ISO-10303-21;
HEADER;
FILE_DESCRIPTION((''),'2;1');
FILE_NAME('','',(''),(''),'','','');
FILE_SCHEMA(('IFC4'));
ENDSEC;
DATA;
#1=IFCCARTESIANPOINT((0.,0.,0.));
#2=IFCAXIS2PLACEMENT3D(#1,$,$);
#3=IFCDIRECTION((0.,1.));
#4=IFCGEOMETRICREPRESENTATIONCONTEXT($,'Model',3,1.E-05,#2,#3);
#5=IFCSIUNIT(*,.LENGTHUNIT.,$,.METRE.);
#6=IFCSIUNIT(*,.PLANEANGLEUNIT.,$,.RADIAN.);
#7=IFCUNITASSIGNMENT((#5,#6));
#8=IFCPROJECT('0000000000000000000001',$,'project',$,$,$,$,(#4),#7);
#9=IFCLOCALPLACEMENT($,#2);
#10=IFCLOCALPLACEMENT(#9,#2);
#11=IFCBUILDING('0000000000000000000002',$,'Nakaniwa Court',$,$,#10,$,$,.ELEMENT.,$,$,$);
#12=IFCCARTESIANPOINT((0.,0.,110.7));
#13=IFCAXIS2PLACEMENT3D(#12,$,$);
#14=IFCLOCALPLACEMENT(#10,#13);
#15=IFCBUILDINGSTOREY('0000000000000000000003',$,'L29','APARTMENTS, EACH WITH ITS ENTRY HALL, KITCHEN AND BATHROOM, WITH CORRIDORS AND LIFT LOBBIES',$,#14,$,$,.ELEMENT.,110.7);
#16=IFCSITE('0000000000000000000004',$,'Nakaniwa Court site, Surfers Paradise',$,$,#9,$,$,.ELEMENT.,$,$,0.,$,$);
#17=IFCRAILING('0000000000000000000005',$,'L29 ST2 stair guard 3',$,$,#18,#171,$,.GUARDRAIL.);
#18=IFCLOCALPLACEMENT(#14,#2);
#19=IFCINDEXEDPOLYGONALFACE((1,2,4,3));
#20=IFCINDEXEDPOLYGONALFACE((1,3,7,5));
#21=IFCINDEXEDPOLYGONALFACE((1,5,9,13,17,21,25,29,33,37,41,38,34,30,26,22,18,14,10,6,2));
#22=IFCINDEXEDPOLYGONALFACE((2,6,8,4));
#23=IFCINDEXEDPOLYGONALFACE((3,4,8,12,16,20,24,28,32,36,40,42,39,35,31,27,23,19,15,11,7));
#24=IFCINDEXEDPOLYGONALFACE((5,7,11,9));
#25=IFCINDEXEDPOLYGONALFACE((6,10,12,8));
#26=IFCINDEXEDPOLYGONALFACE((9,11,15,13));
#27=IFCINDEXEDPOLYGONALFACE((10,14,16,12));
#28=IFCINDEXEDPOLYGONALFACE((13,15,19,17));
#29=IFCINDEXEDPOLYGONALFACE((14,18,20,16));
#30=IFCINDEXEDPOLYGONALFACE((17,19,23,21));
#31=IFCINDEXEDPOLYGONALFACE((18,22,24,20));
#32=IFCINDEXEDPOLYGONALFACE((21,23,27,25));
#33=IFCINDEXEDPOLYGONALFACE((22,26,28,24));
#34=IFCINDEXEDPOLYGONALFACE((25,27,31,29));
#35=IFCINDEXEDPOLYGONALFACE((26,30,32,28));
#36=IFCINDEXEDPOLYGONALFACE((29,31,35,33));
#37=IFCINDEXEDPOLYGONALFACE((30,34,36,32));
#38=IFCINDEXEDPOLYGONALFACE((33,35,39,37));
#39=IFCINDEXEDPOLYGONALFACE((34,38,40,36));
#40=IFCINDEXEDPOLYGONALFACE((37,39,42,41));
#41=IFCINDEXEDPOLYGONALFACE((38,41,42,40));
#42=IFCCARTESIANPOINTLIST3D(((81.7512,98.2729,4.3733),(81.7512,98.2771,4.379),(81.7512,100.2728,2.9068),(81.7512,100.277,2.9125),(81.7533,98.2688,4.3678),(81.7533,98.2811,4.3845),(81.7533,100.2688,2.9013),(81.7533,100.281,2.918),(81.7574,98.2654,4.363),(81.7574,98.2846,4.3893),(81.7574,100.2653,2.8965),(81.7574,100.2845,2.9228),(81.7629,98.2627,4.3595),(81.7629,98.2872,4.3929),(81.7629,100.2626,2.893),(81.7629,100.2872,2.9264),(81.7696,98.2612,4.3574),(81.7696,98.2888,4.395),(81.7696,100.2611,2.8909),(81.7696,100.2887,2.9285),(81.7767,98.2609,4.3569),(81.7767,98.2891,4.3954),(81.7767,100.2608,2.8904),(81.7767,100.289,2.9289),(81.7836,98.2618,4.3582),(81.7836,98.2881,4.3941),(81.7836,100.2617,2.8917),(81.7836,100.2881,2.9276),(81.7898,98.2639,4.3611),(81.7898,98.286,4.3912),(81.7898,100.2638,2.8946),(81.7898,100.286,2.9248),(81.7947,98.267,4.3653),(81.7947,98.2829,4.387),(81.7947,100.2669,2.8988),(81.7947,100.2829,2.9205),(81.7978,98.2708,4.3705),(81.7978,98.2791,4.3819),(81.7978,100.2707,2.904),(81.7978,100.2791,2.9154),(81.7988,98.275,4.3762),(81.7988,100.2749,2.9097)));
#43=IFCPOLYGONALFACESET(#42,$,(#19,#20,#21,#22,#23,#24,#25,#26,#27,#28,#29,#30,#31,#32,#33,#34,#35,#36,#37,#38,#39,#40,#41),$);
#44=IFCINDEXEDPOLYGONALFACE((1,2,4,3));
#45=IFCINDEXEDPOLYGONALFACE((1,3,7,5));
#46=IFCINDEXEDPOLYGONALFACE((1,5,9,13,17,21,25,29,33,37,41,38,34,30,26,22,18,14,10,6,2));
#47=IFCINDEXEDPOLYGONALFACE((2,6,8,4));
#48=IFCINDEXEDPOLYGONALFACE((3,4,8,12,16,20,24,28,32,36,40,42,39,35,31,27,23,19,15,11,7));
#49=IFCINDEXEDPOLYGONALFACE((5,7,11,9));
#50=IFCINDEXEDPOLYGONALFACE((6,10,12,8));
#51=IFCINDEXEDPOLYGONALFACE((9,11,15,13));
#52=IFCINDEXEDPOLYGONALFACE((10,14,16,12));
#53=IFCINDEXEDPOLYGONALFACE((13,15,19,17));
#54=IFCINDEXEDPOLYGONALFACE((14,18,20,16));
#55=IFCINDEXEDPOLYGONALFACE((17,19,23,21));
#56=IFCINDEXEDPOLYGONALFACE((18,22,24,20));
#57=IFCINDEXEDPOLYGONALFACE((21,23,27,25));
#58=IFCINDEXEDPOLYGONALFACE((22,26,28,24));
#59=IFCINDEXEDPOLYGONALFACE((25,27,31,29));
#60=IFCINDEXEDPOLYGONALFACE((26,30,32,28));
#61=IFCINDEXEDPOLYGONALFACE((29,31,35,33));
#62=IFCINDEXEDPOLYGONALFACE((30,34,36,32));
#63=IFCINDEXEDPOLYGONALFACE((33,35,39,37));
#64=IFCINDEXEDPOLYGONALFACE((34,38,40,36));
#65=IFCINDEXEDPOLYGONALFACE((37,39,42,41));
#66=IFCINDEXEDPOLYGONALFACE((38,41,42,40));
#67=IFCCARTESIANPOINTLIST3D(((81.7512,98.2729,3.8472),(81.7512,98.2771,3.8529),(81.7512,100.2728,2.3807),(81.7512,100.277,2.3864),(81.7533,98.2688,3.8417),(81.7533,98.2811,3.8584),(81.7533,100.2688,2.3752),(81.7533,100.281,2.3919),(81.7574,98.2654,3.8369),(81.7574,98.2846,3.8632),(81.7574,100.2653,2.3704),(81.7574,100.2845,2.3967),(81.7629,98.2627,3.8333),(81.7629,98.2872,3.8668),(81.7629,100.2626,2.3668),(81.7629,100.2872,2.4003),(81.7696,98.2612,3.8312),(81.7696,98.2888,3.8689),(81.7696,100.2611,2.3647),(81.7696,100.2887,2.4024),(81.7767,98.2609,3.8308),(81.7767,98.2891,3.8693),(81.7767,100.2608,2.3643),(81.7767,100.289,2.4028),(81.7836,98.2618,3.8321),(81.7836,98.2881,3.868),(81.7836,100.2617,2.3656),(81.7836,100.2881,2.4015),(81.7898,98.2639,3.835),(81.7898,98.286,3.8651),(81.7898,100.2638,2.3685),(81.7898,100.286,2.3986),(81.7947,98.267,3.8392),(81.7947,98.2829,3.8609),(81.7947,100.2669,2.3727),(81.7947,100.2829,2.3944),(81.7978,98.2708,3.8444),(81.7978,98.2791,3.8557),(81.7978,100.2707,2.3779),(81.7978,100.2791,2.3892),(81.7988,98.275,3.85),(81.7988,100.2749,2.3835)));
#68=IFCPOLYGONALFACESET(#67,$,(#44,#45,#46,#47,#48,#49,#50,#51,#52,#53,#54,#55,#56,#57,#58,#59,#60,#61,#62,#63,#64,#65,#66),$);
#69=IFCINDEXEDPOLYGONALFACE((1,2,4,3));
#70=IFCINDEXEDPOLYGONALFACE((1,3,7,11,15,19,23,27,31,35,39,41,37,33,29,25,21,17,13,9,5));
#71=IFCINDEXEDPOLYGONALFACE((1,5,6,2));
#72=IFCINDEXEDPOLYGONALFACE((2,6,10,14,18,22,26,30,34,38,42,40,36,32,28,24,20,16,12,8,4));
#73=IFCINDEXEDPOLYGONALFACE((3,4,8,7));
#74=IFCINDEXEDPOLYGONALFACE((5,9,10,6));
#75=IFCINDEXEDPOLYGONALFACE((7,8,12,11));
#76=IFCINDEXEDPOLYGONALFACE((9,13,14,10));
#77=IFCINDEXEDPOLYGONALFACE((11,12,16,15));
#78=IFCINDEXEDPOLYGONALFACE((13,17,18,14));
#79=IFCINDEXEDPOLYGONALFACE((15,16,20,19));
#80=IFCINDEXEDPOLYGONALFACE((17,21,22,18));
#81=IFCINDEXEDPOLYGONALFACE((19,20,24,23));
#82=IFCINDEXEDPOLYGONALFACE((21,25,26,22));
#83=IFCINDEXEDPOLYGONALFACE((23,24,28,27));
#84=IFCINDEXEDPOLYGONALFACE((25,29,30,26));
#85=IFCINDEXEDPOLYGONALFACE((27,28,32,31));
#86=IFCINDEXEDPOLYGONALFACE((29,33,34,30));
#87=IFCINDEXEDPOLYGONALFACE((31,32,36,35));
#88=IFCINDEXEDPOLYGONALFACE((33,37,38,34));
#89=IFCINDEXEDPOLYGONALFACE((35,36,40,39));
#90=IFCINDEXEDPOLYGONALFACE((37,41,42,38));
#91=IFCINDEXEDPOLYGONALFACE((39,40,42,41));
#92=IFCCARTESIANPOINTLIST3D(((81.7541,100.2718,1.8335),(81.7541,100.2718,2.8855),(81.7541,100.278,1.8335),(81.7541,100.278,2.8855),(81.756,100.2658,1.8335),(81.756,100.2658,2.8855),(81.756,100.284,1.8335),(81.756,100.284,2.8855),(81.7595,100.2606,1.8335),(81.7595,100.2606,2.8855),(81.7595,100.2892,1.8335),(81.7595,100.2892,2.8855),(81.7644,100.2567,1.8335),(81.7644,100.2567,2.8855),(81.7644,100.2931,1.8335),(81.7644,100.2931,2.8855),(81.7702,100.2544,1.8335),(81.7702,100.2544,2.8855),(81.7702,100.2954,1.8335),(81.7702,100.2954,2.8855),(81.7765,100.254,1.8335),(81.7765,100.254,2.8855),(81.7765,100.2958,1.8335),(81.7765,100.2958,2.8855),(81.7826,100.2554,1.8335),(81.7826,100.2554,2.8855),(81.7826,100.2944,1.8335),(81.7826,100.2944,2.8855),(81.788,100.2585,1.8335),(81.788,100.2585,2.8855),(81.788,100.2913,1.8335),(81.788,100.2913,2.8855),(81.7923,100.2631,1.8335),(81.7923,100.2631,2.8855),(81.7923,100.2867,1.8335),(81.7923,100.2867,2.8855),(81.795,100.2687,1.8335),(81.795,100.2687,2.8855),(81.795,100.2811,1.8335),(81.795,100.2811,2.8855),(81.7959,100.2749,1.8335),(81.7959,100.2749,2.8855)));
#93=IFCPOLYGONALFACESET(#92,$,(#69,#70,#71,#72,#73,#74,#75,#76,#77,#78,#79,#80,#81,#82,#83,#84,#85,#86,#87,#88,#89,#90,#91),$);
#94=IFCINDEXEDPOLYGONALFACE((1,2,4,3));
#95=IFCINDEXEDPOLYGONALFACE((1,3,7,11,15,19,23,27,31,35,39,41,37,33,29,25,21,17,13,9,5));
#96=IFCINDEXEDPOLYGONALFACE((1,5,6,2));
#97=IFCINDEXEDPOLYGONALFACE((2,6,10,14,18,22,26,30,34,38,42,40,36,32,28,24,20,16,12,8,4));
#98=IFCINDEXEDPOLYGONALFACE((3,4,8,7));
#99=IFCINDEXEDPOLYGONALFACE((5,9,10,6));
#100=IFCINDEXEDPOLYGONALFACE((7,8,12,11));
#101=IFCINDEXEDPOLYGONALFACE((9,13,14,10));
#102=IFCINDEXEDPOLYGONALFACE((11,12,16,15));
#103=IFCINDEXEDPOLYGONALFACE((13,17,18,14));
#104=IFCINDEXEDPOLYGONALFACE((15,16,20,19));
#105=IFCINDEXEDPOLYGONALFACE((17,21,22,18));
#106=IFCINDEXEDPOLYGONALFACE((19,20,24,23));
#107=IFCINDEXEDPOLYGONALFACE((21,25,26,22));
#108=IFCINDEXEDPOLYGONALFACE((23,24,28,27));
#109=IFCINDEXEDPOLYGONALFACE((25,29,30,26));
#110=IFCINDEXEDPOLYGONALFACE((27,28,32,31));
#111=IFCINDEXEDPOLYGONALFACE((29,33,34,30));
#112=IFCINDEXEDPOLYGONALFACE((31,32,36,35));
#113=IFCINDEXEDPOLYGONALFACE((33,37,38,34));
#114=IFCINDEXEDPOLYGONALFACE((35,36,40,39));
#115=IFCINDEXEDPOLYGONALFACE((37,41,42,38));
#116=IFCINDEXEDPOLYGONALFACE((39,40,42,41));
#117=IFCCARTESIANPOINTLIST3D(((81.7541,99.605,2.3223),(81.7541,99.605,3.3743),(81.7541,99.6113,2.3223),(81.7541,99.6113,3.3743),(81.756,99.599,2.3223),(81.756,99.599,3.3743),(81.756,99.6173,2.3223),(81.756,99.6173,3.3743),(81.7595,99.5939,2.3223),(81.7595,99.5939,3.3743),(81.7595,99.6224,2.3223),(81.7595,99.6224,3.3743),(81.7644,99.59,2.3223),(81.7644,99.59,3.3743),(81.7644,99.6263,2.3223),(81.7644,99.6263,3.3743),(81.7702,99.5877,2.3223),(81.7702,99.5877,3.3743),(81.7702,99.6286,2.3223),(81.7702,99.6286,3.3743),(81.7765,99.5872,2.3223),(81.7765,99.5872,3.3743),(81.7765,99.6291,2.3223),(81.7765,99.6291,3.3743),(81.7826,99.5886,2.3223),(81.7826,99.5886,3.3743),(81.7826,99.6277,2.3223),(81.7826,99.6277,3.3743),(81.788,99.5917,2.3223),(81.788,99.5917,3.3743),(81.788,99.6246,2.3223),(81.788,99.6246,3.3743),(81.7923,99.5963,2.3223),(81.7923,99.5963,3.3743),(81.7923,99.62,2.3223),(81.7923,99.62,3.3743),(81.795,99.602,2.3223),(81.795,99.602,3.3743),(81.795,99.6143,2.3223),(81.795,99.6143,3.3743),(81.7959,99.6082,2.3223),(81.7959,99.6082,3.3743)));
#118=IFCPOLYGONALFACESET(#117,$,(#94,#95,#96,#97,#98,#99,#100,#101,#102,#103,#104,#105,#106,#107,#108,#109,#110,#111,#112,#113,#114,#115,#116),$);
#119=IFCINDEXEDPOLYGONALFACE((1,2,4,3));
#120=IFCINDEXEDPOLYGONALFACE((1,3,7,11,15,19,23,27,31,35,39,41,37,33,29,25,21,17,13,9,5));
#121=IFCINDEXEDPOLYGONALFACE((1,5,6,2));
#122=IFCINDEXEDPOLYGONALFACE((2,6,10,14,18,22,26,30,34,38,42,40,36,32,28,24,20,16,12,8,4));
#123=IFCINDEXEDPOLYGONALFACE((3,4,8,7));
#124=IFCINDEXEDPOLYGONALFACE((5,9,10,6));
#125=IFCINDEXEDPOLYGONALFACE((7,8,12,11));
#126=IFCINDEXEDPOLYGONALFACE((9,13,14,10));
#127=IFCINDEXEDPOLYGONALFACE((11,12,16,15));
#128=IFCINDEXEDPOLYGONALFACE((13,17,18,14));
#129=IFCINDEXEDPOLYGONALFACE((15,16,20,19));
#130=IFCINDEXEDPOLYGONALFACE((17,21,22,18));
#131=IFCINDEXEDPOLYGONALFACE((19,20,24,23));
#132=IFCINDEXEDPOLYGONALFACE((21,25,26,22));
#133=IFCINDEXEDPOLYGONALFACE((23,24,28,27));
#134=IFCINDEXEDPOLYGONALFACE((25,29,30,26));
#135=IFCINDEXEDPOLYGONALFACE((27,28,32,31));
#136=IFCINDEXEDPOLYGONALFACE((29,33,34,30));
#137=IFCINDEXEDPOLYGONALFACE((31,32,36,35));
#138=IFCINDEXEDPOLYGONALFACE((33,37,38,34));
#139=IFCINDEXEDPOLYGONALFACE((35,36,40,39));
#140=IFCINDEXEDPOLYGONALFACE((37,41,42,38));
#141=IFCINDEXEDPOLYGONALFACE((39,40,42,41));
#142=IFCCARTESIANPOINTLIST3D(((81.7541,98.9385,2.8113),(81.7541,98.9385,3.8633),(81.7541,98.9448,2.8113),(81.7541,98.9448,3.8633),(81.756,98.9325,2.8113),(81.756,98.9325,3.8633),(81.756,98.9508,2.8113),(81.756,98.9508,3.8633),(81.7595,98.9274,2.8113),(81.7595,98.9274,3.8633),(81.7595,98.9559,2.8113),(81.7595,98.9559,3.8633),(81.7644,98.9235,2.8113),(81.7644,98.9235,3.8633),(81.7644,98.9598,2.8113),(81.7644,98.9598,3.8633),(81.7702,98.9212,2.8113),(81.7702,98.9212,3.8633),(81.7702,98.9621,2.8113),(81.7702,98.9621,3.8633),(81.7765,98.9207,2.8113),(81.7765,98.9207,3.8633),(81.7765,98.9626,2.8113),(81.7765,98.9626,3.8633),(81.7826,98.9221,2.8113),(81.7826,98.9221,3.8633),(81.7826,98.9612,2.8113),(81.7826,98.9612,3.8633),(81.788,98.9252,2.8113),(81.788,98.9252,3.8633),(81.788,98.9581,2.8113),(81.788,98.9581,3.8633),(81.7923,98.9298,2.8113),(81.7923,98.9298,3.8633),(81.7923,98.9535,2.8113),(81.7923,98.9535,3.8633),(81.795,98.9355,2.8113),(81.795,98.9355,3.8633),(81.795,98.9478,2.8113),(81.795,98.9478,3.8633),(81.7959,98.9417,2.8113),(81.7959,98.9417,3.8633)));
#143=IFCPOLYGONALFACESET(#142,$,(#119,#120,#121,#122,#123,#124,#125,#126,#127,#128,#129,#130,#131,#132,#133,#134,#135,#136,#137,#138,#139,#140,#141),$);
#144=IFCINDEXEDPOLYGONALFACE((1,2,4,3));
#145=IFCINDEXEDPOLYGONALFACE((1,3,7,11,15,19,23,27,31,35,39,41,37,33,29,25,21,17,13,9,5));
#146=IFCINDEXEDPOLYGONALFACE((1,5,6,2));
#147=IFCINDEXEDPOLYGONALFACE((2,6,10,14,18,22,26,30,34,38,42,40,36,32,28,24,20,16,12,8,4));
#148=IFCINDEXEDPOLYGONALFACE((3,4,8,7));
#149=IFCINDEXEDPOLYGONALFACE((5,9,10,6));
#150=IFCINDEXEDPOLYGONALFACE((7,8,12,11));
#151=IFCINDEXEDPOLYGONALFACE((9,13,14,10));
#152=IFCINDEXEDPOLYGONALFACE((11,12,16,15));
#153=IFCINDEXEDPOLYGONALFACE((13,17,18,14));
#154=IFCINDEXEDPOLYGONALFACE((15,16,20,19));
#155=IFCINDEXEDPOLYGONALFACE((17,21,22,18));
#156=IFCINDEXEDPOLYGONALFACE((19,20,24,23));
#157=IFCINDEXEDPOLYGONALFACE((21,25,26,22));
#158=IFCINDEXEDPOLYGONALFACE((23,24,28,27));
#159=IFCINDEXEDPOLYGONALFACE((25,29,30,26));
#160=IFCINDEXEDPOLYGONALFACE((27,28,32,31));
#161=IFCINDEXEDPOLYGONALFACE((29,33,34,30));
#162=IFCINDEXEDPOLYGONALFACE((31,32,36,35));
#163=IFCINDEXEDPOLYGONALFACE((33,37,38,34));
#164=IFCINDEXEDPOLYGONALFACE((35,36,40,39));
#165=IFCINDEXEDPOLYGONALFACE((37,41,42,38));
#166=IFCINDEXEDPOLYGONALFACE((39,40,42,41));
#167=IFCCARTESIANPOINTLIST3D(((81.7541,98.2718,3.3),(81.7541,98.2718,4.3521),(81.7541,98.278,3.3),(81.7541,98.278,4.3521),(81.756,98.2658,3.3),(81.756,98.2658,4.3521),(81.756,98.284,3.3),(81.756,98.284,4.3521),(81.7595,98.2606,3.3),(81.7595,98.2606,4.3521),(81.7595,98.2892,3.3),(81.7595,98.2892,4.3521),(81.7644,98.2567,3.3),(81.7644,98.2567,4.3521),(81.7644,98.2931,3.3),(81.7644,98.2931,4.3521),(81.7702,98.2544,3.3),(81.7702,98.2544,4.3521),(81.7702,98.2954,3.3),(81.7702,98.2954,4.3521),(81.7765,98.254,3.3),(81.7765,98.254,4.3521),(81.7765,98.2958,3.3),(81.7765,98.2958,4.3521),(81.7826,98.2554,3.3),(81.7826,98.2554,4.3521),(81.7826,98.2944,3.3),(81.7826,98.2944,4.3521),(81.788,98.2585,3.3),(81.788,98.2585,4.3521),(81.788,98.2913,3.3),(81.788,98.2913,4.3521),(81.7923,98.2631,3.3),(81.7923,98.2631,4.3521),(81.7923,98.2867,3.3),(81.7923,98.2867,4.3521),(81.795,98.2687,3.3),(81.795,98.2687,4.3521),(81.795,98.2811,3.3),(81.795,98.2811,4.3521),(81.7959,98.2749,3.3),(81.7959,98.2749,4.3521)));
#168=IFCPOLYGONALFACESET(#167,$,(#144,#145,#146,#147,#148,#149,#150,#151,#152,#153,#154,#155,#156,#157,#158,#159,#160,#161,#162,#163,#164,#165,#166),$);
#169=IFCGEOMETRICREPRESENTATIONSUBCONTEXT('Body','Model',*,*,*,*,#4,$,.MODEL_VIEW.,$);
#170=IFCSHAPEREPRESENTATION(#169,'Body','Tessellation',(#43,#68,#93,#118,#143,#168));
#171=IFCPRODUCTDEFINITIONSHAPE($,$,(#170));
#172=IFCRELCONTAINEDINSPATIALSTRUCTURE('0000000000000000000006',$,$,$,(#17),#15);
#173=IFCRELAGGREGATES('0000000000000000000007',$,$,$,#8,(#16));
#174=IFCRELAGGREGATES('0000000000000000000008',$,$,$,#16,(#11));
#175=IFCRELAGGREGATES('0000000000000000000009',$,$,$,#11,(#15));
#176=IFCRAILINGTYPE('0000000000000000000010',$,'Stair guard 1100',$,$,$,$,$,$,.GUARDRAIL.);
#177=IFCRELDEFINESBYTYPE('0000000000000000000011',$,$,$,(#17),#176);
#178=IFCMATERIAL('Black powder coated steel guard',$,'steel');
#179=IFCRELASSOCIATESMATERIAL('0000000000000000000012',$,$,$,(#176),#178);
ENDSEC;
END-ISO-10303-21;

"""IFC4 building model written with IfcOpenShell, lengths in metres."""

from ifc_helpers import new_model, si_unit, direction, frame, origin, origin_2d, place, context, subcontext, project, spatial, circle, extrude, material, type_object, element, save


model = new_model("IFC4")

# Units and contexts
model_context = context("Model", 3, precision=1e-05, world=origin(), true_north=direction((0.0, 1.0)))
body_context = subcontext(model_context, "Body", "Model", "MODEL_VIEW")
ifc_project = project(units=[si_unit("LENGTHUNIT", "METRE"), si_unit("PLANEANGLEUNIT", "RADIAN")], contexts=[model_context])

# Site, building, storey
site_placement = place(None, origin())
site = spatial("IfcSite", under=ifc_project, at=site_placement, Name="Nakaniwa Court site, Surfers Paradise", CompositionType="ELEMENT", RefElevation=0.0)
building_placement = place(site_placement, origin())
building = spatial("IfcBuilding", under=site, at=building_placement, Name="Nakaniwa Court", CompositionType="ELEMENT")
storey_placement = place(building_placement, frame((0.0, 0.0, 110.7)))
storey = spatial("IfcBuildingStorey", under=building, at=storey_placement, Name="L29", Description="APARTMENTS, EACH WITH ITS ENTRY HALL, KITCHEN AND BATHROOM, WITH CORRIDORS AND LIFT LOBBIES", CompositionType="ELEMENT", Elevation=110.7)

# Railing
ifc_material_1 = material(Name="Black powder coated steel guard", Category="steel")
railing_type_1 = type_object("IfcRailingType", Name="Stair guard 1100", PredefinedType="GUARDRAIL", material=ifc_material_1)
railing_1_placement = place(storey_placement, frame((81.7749, 100.2749, 1.8335)))
element("IfcRailing", 1, at=railing_1_placement, inside=storey, type_object=railing_type_1, Name="L29 ST2 stair guard 3", PredefinedType="GUARDRAIL", context=body_context, shape_type="SweptSolid", body=[
    extrude(circle(Radius=0.0239, at=origin_2d()), frame((0.0, 0.0, 1.0762), z_axis=(0.0, -0.806427, 0.591334), x_axis=(1.0, 0.0, 0.0)), (0.0, 0.0, 1.0), 2.48),
    extrude(circle(Radius=0.0239, at=origin_2d()), frame((0.0, 0.0, 0.55), z_axis=(0.0, -0.806427, 0.591334), x_axis=(1.0, 0.0, 0.0)), (0.0, 0.0, 1.0), 2.48),
    extrude(circle(Radius=0.021, at=origin_2d()), origin(), (0.0, 0.0, 1.0), 1.052),
    extrude(circle(Radius=0.021, at=origin_2d()), frame((0.0, -0.6667, 0.4888)), (0.0, 0.0, 1.0), 1.052),
    extrude(circle(Radius=0.021, at=origin_2d()), frame((0.0, -1.3333, 0.9778)), (0.0, 0.0, 1.0), 1.052),
    extrude(circle(Radius=0.021, at=origin_2d()), frame((0.0, -2.0, 1.4666)), (0.0, 0.0, 1.0), 1.052),
])

save(model, "model.ifc")
